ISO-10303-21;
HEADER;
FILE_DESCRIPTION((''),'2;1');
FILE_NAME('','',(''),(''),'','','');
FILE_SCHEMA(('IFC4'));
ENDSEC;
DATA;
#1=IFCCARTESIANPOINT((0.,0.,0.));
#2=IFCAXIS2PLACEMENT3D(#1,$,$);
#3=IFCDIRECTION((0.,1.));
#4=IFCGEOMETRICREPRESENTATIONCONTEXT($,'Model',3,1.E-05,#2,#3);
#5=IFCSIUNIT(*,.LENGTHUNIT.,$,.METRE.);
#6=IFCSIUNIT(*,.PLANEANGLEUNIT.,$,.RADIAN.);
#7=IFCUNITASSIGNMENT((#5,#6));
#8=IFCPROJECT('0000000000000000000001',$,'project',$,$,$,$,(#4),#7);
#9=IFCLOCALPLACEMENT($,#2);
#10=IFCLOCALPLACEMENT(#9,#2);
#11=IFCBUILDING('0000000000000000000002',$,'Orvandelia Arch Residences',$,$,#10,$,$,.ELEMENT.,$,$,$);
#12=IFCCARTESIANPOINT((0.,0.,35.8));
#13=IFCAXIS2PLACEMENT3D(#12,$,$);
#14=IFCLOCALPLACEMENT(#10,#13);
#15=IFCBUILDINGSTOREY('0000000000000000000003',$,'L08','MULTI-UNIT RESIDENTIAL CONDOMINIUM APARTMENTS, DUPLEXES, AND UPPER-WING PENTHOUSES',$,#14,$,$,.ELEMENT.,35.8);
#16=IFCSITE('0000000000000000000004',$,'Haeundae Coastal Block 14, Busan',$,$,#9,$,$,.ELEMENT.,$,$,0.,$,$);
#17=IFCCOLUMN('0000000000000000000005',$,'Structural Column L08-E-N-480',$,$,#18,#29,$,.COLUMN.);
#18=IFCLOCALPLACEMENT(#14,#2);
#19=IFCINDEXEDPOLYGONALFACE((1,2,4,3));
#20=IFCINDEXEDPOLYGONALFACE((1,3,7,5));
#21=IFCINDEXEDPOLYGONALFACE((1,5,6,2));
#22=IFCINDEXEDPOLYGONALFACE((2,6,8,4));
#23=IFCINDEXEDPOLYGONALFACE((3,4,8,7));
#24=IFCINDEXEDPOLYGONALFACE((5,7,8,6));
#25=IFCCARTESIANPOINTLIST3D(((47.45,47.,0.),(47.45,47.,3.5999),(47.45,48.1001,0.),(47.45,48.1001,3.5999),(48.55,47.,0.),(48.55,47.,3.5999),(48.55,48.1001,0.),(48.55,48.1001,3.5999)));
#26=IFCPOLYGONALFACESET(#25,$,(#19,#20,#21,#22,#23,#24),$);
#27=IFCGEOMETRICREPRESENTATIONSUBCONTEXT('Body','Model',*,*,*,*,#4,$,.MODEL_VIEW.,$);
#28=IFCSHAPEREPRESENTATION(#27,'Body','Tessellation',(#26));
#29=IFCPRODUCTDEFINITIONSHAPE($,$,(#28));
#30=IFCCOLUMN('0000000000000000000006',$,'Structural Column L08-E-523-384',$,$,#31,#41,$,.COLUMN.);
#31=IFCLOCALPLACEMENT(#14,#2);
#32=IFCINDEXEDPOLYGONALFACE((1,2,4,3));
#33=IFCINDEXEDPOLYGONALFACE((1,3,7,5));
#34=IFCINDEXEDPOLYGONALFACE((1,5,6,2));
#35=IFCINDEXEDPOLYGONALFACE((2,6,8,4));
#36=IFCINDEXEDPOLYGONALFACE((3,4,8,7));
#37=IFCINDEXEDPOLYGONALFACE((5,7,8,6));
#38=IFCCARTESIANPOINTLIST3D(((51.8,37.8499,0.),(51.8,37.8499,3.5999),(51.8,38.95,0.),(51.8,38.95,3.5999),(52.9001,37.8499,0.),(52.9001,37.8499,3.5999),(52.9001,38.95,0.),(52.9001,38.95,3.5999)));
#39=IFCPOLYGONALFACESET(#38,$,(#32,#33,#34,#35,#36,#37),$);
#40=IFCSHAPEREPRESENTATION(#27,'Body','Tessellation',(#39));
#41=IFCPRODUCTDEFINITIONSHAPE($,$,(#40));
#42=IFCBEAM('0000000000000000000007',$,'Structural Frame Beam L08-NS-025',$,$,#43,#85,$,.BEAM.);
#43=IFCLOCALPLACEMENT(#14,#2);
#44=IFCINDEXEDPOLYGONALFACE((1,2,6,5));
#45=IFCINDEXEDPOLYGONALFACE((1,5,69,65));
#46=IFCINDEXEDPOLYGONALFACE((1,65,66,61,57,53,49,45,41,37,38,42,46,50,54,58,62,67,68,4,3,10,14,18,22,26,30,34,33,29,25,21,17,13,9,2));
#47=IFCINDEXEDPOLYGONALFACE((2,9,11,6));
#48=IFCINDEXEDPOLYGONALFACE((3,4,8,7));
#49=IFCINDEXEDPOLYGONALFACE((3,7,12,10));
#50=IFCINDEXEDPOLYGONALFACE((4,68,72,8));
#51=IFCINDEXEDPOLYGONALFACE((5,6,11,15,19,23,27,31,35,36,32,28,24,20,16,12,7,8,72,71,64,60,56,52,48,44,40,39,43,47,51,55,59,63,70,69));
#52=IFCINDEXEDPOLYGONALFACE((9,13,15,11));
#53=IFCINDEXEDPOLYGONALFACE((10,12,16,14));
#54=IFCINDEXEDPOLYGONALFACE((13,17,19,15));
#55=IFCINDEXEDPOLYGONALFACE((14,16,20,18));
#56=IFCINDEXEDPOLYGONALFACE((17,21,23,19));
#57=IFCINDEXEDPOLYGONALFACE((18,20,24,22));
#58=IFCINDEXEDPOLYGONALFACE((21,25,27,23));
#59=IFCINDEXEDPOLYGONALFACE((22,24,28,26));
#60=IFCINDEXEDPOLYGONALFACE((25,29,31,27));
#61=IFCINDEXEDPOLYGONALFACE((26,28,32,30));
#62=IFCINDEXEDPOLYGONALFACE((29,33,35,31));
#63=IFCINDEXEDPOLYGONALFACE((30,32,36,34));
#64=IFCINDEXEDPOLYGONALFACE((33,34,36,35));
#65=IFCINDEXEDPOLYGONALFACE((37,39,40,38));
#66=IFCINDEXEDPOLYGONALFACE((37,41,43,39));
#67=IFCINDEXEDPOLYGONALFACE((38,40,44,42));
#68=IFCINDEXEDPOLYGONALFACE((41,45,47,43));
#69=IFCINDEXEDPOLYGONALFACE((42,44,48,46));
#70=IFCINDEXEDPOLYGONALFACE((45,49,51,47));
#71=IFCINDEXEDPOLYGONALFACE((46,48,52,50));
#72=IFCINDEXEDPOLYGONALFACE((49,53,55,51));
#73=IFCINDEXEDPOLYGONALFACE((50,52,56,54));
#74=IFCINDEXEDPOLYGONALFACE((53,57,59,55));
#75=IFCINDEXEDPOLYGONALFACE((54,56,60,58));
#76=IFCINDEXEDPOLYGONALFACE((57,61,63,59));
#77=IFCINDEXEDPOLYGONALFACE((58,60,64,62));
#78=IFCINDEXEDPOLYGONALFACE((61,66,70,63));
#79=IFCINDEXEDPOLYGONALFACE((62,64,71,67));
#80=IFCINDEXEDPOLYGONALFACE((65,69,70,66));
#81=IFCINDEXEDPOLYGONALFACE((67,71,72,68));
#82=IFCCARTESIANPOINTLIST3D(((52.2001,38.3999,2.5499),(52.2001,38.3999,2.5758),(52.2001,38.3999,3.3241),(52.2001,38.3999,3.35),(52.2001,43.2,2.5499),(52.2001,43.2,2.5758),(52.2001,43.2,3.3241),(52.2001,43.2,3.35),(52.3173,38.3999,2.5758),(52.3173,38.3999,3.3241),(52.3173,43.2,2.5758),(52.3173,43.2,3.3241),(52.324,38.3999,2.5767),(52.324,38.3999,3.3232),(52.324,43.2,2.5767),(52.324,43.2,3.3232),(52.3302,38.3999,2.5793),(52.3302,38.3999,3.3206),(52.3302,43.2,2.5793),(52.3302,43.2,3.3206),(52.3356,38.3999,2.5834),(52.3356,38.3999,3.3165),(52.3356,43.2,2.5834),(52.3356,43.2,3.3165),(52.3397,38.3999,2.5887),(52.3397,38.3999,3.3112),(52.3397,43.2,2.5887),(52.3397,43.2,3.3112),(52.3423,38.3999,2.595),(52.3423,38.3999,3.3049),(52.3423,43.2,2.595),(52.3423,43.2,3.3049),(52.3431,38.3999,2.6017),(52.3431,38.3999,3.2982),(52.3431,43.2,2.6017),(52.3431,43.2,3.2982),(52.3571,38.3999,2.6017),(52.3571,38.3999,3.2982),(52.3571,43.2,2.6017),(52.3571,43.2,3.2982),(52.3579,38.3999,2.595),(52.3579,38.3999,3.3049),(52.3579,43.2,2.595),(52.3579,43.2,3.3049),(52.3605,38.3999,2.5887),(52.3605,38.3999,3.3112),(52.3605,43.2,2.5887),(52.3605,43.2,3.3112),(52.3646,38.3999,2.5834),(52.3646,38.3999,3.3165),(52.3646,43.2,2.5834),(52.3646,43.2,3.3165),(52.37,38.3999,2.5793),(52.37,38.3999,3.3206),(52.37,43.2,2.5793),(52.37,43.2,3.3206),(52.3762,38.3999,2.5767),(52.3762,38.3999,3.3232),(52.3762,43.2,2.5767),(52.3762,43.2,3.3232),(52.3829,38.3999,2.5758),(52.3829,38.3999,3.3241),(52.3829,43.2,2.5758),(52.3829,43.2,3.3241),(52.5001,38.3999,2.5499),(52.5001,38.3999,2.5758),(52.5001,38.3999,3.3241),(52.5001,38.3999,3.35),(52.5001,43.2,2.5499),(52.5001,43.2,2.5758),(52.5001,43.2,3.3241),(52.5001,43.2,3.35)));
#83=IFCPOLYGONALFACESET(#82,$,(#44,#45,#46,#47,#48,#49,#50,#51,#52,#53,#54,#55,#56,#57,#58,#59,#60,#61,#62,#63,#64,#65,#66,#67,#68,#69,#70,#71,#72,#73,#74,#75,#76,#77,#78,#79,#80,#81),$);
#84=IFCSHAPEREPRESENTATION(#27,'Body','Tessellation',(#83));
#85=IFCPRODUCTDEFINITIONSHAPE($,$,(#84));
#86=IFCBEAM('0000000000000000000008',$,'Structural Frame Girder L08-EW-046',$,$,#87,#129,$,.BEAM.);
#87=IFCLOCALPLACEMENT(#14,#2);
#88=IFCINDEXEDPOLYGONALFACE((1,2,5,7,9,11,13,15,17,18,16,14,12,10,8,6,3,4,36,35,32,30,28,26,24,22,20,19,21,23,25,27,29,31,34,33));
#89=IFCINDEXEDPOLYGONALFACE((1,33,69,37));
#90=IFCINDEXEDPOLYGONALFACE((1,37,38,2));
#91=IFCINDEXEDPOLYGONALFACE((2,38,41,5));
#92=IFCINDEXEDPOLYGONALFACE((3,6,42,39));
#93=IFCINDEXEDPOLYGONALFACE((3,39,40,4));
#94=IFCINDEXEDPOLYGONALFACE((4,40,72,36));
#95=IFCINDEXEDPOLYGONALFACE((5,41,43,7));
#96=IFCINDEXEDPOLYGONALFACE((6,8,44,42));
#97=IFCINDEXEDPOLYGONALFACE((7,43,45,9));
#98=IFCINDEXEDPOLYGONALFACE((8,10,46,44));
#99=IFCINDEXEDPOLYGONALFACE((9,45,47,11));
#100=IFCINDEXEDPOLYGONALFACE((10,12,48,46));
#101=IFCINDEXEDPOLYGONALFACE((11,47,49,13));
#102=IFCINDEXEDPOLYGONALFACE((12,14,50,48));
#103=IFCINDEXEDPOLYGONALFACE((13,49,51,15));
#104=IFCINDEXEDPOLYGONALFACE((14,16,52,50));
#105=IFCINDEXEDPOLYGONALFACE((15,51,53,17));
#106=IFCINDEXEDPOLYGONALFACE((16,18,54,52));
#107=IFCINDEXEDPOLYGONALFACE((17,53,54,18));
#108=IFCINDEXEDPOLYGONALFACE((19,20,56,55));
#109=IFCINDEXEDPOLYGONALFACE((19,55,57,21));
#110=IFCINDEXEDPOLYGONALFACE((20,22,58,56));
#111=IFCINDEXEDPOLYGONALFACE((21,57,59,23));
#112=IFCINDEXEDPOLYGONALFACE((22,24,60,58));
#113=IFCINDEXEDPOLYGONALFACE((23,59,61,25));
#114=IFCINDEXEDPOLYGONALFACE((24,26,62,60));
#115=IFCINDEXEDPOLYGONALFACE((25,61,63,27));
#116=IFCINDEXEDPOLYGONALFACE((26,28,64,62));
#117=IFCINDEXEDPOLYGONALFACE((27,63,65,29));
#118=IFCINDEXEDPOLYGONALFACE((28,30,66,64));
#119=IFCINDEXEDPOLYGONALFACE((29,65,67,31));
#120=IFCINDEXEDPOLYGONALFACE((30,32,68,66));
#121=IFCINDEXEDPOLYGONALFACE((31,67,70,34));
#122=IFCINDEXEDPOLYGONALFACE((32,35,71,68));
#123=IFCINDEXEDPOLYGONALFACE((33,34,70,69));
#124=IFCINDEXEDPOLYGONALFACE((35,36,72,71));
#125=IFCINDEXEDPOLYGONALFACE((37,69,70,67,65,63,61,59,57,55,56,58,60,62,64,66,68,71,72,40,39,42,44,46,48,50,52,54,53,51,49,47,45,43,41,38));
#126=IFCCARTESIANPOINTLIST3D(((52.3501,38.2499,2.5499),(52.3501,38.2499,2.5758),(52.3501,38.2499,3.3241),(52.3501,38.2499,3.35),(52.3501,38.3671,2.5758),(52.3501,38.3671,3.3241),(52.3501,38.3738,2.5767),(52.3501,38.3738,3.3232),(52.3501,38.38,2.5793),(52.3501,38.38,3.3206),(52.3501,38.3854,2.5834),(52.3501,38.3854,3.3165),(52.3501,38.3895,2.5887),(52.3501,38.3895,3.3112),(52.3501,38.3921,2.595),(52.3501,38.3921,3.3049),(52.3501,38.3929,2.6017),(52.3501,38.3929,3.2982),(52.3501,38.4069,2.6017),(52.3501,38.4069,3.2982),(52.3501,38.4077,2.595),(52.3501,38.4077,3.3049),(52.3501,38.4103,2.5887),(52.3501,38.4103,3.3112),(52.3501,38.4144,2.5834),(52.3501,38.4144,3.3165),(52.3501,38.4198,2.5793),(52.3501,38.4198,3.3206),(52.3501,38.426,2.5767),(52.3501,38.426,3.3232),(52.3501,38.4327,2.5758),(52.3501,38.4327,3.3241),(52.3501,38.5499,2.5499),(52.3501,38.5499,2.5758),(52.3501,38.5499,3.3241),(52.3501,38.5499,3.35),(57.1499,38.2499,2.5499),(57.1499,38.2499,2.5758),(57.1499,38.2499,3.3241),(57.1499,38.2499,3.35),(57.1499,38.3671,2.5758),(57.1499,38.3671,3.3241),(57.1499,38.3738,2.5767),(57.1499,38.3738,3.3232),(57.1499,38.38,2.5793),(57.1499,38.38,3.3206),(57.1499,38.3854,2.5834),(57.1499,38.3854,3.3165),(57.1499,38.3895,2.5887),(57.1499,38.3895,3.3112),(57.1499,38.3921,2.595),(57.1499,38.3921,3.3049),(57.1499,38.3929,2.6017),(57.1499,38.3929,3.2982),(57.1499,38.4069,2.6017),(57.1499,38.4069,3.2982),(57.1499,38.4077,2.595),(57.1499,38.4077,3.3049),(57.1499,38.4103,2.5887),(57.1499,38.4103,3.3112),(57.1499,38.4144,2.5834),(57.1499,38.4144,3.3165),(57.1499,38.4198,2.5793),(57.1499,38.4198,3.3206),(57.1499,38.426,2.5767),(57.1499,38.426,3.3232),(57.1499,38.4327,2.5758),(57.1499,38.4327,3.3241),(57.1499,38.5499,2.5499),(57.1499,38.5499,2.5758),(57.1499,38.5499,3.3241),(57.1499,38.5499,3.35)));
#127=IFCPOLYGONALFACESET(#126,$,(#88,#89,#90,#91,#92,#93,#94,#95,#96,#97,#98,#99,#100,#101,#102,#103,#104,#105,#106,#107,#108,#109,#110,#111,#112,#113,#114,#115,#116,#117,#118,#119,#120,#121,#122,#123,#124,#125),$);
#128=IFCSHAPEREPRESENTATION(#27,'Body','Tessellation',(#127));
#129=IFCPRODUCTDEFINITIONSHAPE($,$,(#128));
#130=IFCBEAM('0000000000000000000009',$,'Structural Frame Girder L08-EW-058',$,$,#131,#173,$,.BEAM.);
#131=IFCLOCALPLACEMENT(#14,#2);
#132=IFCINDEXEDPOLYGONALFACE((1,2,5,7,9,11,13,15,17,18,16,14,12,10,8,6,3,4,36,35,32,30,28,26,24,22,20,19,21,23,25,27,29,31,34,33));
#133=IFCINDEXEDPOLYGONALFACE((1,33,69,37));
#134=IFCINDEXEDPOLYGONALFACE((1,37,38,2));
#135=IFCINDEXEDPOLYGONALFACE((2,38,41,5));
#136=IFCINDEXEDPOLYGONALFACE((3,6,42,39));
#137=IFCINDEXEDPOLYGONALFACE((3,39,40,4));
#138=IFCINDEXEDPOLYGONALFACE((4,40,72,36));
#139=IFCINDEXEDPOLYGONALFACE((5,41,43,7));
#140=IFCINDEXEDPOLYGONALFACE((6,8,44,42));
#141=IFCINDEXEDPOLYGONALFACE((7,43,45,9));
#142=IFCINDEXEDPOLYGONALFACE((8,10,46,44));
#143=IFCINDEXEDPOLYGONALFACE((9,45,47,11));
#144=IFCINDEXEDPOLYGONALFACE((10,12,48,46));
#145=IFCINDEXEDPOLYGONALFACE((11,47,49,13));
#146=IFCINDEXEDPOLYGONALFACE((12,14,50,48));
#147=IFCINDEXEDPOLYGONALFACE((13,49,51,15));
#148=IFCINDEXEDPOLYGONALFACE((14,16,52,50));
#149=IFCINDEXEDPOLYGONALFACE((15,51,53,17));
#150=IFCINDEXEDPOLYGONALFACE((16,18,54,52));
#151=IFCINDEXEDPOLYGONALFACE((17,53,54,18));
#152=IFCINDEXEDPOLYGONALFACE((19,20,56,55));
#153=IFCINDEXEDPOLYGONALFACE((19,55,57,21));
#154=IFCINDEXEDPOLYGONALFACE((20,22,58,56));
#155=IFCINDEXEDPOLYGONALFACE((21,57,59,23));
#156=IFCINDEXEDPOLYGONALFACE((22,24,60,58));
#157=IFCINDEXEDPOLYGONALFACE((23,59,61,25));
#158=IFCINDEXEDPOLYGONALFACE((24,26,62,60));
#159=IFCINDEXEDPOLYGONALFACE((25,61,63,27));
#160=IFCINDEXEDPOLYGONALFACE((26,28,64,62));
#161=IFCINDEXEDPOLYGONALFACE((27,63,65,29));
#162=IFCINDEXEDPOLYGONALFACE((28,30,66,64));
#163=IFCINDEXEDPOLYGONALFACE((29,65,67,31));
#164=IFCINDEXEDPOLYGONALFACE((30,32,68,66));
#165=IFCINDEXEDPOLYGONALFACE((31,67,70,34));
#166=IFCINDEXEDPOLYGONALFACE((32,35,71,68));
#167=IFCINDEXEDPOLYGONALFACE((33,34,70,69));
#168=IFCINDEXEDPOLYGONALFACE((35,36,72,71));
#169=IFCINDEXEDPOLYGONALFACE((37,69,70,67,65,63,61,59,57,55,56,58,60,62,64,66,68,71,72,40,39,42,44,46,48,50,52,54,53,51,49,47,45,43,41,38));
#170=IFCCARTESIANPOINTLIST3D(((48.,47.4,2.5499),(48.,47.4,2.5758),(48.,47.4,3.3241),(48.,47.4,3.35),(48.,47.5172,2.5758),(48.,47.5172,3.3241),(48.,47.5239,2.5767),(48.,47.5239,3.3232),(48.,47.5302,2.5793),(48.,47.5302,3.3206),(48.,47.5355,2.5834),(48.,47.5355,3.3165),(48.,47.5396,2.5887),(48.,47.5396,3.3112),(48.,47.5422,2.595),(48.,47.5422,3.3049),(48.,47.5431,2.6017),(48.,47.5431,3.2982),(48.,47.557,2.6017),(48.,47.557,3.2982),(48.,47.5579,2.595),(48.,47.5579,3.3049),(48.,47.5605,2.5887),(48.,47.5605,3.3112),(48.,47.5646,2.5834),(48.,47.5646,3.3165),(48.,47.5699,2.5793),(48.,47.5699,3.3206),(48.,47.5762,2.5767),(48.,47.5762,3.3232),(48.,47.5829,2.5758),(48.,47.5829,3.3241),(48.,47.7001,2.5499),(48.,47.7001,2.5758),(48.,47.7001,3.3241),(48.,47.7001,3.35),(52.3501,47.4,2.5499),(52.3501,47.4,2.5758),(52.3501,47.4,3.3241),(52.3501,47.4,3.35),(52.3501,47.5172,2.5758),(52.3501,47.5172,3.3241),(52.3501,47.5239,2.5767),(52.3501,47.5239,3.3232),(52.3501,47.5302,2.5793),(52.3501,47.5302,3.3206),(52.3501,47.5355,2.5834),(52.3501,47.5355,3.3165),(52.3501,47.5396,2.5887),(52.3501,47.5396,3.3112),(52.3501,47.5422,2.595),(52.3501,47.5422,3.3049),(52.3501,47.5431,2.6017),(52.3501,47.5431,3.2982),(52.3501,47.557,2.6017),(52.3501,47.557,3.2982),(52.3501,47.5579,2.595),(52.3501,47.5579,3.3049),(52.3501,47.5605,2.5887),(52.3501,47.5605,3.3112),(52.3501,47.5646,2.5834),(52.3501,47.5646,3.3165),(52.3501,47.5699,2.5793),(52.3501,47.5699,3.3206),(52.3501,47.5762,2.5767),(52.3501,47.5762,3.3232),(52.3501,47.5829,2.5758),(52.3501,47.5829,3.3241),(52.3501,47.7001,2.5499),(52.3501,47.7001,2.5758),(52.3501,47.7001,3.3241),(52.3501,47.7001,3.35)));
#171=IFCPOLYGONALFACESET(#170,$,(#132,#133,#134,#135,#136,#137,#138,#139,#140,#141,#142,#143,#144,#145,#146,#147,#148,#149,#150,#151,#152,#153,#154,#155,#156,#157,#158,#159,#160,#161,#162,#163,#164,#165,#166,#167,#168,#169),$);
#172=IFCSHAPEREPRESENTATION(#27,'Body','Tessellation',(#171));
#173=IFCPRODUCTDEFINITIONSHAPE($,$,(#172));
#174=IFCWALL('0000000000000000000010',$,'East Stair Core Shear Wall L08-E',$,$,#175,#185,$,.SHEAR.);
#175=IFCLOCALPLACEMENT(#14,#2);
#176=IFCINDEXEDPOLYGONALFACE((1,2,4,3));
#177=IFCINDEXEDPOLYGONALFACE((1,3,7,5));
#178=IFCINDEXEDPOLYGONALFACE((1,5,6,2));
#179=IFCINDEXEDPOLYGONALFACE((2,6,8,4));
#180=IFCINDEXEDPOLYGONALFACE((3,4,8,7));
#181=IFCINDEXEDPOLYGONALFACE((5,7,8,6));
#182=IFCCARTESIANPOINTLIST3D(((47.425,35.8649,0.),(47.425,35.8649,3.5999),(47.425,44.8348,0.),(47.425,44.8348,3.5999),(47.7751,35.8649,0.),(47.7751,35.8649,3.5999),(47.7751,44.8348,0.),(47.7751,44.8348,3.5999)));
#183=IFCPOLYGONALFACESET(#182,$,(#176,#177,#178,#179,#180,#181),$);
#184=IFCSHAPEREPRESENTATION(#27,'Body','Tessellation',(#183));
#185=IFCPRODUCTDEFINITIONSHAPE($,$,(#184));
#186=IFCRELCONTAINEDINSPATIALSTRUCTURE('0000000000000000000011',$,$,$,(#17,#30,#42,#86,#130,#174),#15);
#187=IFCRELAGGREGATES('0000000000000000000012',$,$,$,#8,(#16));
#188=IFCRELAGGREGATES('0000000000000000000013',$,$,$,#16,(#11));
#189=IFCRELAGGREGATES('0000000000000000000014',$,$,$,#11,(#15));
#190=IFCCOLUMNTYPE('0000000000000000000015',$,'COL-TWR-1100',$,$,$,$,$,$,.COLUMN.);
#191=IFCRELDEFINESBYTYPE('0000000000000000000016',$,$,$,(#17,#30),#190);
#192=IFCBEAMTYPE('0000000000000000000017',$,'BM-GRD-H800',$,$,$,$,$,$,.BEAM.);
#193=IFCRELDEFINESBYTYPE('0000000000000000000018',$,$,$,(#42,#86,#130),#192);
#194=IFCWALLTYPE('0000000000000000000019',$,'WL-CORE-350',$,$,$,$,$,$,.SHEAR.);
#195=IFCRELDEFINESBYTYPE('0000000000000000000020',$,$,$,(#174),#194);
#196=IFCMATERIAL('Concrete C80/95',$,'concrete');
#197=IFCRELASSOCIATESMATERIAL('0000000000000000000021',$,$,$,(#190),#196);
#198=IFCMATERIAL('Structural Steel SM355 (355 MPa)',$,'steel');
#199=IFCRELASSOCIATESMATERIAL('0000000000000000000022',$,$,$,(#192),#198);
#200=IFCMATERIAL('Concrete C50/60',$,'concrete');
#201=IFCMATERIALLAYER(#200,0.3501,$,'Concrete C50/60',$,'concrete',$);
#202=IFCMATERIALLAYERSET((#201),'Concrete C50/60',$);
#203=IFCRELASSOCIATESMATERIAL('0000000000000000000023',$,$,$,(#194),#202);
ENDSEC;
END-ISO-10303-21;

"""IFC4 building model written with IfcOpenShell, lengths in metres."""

from ifc_helpers import new_model, si_unit, direction, frame, frame_2d, origin, origin_2d, place, context, subcontext, project, spatial, rectangle, i_section, extrude, material, layer, layer_set, material_profile, profile_set, type_object, element, save


model = new_model("IFC4")

# Units and contexts
model_context = context("Model", 3, precision=1e-05, world=origin(), true_north=direction((0.0, 1.0)))
body_context = subcontext(model_context, "Body", "Model", "MODEL_VIEW")
ifc_project = project(units=[si_unit("LENGTHUNIT", "METRE"), si_unit("PLANEANGLEUNIT", "RADIAN")], contexts=[model_context])

# Site, building, storey
site_placement = place(None, origin())
site = spatial("IfcSite", under=ifc_project, at=site_placement, Name="Haeundae Coastal Block 14, Busan", CompositionType="ELEMENT", RefElevation=0.0)
building_placement = place(site_placement, origin())
building = spatial("IfcBuilding", under=site, at=building_placement, Name="Orvandelia Arch Residences", CompositionType="ELEMENT")
storey_placement = place(building_placement, frame((0.0, 0.0, 35.8)))
storey = spatial("IfcBuildingStorey", under=building, at=storey_placement, Name="L08", Description="MULTI-UNIT RESIDENTIAL CONDOMINIUM APARTMENTS, DUPLEXES, AND UPPER-WING PENTHOUSES", CompositionType="ELEMENT", Elevation=35.8)

# Columns
ifc_material_1 = material(Name="Concrete C80/95", Category="concrete")
ifc_material_profile_1 = material_profile(ifc_material_1, rectangle(XDim=1.1001, YDim=1.1001, at=origin_2d()), Name="Concrete C80/95", Category="concrete")
ifc_profile_set_1 = profile_set([ifc_material_profile_1], Name="Concrete C80/95")
column_type = type_object("IfcColumnType", Name="COL-TWR-1100", PredefinedType="COLUMN", material=ifc_profile_set_1)
for number, where, z_axis, x_axis, name in (
    (1, (48.0, 47.55, 0.0), (0.0, 0.0, 1.0), (1.0, 0.0, 0.0), "Structural Column L08-E-N-480"),
    (2, (52.3501, 38.3999, 0.0), (0.0, 0.0, 1.0), (1.0, 0.0, 0.0), "Structural Column L08-E-523-384"),
):
    element("IfcColumn", number, at=place(storey_placement, frame(where, z_axis=z_axis, x_axis=x_axis)), inside=storey, type_object=column_type, Name=name, PredefinedType="COLUMN", context=body_context, shape_type="SweptSolid", body=[
        extrude(rectangle(XDim=1.1001, YDim=1.1001, at=origin_2d()), origin(), (0.0, 0.0, 1.0), 3.5999),
    ])

# Beams
ifc_material_2 = material(Name="Structural Steel SM355 (355 MPa)", Category="steel")
ifc_material_profile_2 = material_profile(ifc_material_2, i_section(OverallWidth=0.3, OverallDepth=0.8, WebThickness=0.0139, FlangeThickness=0.0259, FilletRadius=0.0259, at=origin_2d()), Name="Structural Steel SM355 (355 MPa)", Category="steel")
ifc_profile_set_2 = profile_set([ifc_material_profile_2], Name="Structural Steel SM355 (355 MPa)")
beam_type = type_object("IfcBeamType", Name="BM-GRD-H800", PredefinedType="BEAM", material=ifc_profile_set_2)
beam_1_placement = place(storey_placement, frame((52.3501, 38.3999, 2.95), z_axis=(0.0, 1.0, 0.0), x_axis=(-1.0, 0.0, 0.0)))
element("IfcBeam", 3, at=beam_1_placement, inside=storey, type_object=beam_type, Name="Structural Frame Beam L08-NS-025", PredefinedType="BEAM", context=body_context, shape_type="SweptSolid", body=[
    extrude(i_section(OverallWidth=0.3, OverallDepth=0.8, WebThickness=0.0139, FlangeThickness=0.0259, FilletRadius=0.0259, at=origin_2d()), origin(), (0.0, 0.0, 1.0), 4.8),
])
beam_2_placement = place(storey_placement, frame((52.3501, 38.3999, 2.95), z_axis=(1.0, 0.0, 0.0), x_axis=(0.0, 1.0, 0.0)))
element("IfcBeam", 4, at=beam_2_placement, inside=storey, type_object=beam_type, Name="Structural Frame Girder L08-EW-046", PredefinedType="BEAM", context=body_context, shape_type="SweptSolid", body=[
    extrude(i_section(OverallWidth=0.3, OverallDepth=0.8, WebThickness=0.0139, FlangeThickness=0.0259, FilletRadius=0.0259, at=origin_2d()), origin(), (0.0, 0.0, 1.0), 4.7998),
])
beam_3_placement = place(storey_placement, frame((48.0, 47.55, 2.95), z_axis=(1.0, 0.0, 0.0), x_axis=(0.0, 1.0, 0.0)))
element("IfcBeam", 5, at=beam_3_placement, inside=storey, type_object=beam_type, Name="Structural Frame Girder L08-EW-058", PredefinedType="BEAM", context=body_context, shape_type="SweptSolid", body=[
    extrude(i_section(OverallWidth=0.3, OverallDepth=0.8, WebThickness=0.0139, FlangeThickness=0.0259, FilletRadius=0.0259, at=origin_2d()), origin(), (0.0, 0.0, 1.0), 4.3501),
])

# Wall
ifc_material_3 = material(Name="Concrete C50/60", Category="concrete")
ifc_layer_1 = layer(ifc_material_3, 0.3501, Name="Concrete C50/60", Category="concrete")
ifc_layer_set_1 = layer_set([ifc_layer_1], Name="Concrete C50/60")
wall_type_1 = type_object("IfcWallType", Name="WL-CORE-350", PredefinedType="SHEAR", material=ifc_layer_set_1)
wall_1_placement = place(storey_placement, frame((47.6001, 35.865, 0.0), z_axis=(0.0, 0.0, 1.0), x_axis=(0.0, 1.0, 0.0)))
element("IfcWall", 6, at=wall_1_placement, inside=storey, type_object=wall_type_1, Name="East Stair Core Shear Wall L08-E", PredefinedType="SHEAR", context=body_context, shape_type="SweptSolid", body=[
    extrude(rectangle(XDim=8.97, YDim=0.3501, at=frame_2d((4.4849, 0.0))), origin(), (0.0, 0.0, 1.0), 3.5999),
])

save(model, "model.ifc")
